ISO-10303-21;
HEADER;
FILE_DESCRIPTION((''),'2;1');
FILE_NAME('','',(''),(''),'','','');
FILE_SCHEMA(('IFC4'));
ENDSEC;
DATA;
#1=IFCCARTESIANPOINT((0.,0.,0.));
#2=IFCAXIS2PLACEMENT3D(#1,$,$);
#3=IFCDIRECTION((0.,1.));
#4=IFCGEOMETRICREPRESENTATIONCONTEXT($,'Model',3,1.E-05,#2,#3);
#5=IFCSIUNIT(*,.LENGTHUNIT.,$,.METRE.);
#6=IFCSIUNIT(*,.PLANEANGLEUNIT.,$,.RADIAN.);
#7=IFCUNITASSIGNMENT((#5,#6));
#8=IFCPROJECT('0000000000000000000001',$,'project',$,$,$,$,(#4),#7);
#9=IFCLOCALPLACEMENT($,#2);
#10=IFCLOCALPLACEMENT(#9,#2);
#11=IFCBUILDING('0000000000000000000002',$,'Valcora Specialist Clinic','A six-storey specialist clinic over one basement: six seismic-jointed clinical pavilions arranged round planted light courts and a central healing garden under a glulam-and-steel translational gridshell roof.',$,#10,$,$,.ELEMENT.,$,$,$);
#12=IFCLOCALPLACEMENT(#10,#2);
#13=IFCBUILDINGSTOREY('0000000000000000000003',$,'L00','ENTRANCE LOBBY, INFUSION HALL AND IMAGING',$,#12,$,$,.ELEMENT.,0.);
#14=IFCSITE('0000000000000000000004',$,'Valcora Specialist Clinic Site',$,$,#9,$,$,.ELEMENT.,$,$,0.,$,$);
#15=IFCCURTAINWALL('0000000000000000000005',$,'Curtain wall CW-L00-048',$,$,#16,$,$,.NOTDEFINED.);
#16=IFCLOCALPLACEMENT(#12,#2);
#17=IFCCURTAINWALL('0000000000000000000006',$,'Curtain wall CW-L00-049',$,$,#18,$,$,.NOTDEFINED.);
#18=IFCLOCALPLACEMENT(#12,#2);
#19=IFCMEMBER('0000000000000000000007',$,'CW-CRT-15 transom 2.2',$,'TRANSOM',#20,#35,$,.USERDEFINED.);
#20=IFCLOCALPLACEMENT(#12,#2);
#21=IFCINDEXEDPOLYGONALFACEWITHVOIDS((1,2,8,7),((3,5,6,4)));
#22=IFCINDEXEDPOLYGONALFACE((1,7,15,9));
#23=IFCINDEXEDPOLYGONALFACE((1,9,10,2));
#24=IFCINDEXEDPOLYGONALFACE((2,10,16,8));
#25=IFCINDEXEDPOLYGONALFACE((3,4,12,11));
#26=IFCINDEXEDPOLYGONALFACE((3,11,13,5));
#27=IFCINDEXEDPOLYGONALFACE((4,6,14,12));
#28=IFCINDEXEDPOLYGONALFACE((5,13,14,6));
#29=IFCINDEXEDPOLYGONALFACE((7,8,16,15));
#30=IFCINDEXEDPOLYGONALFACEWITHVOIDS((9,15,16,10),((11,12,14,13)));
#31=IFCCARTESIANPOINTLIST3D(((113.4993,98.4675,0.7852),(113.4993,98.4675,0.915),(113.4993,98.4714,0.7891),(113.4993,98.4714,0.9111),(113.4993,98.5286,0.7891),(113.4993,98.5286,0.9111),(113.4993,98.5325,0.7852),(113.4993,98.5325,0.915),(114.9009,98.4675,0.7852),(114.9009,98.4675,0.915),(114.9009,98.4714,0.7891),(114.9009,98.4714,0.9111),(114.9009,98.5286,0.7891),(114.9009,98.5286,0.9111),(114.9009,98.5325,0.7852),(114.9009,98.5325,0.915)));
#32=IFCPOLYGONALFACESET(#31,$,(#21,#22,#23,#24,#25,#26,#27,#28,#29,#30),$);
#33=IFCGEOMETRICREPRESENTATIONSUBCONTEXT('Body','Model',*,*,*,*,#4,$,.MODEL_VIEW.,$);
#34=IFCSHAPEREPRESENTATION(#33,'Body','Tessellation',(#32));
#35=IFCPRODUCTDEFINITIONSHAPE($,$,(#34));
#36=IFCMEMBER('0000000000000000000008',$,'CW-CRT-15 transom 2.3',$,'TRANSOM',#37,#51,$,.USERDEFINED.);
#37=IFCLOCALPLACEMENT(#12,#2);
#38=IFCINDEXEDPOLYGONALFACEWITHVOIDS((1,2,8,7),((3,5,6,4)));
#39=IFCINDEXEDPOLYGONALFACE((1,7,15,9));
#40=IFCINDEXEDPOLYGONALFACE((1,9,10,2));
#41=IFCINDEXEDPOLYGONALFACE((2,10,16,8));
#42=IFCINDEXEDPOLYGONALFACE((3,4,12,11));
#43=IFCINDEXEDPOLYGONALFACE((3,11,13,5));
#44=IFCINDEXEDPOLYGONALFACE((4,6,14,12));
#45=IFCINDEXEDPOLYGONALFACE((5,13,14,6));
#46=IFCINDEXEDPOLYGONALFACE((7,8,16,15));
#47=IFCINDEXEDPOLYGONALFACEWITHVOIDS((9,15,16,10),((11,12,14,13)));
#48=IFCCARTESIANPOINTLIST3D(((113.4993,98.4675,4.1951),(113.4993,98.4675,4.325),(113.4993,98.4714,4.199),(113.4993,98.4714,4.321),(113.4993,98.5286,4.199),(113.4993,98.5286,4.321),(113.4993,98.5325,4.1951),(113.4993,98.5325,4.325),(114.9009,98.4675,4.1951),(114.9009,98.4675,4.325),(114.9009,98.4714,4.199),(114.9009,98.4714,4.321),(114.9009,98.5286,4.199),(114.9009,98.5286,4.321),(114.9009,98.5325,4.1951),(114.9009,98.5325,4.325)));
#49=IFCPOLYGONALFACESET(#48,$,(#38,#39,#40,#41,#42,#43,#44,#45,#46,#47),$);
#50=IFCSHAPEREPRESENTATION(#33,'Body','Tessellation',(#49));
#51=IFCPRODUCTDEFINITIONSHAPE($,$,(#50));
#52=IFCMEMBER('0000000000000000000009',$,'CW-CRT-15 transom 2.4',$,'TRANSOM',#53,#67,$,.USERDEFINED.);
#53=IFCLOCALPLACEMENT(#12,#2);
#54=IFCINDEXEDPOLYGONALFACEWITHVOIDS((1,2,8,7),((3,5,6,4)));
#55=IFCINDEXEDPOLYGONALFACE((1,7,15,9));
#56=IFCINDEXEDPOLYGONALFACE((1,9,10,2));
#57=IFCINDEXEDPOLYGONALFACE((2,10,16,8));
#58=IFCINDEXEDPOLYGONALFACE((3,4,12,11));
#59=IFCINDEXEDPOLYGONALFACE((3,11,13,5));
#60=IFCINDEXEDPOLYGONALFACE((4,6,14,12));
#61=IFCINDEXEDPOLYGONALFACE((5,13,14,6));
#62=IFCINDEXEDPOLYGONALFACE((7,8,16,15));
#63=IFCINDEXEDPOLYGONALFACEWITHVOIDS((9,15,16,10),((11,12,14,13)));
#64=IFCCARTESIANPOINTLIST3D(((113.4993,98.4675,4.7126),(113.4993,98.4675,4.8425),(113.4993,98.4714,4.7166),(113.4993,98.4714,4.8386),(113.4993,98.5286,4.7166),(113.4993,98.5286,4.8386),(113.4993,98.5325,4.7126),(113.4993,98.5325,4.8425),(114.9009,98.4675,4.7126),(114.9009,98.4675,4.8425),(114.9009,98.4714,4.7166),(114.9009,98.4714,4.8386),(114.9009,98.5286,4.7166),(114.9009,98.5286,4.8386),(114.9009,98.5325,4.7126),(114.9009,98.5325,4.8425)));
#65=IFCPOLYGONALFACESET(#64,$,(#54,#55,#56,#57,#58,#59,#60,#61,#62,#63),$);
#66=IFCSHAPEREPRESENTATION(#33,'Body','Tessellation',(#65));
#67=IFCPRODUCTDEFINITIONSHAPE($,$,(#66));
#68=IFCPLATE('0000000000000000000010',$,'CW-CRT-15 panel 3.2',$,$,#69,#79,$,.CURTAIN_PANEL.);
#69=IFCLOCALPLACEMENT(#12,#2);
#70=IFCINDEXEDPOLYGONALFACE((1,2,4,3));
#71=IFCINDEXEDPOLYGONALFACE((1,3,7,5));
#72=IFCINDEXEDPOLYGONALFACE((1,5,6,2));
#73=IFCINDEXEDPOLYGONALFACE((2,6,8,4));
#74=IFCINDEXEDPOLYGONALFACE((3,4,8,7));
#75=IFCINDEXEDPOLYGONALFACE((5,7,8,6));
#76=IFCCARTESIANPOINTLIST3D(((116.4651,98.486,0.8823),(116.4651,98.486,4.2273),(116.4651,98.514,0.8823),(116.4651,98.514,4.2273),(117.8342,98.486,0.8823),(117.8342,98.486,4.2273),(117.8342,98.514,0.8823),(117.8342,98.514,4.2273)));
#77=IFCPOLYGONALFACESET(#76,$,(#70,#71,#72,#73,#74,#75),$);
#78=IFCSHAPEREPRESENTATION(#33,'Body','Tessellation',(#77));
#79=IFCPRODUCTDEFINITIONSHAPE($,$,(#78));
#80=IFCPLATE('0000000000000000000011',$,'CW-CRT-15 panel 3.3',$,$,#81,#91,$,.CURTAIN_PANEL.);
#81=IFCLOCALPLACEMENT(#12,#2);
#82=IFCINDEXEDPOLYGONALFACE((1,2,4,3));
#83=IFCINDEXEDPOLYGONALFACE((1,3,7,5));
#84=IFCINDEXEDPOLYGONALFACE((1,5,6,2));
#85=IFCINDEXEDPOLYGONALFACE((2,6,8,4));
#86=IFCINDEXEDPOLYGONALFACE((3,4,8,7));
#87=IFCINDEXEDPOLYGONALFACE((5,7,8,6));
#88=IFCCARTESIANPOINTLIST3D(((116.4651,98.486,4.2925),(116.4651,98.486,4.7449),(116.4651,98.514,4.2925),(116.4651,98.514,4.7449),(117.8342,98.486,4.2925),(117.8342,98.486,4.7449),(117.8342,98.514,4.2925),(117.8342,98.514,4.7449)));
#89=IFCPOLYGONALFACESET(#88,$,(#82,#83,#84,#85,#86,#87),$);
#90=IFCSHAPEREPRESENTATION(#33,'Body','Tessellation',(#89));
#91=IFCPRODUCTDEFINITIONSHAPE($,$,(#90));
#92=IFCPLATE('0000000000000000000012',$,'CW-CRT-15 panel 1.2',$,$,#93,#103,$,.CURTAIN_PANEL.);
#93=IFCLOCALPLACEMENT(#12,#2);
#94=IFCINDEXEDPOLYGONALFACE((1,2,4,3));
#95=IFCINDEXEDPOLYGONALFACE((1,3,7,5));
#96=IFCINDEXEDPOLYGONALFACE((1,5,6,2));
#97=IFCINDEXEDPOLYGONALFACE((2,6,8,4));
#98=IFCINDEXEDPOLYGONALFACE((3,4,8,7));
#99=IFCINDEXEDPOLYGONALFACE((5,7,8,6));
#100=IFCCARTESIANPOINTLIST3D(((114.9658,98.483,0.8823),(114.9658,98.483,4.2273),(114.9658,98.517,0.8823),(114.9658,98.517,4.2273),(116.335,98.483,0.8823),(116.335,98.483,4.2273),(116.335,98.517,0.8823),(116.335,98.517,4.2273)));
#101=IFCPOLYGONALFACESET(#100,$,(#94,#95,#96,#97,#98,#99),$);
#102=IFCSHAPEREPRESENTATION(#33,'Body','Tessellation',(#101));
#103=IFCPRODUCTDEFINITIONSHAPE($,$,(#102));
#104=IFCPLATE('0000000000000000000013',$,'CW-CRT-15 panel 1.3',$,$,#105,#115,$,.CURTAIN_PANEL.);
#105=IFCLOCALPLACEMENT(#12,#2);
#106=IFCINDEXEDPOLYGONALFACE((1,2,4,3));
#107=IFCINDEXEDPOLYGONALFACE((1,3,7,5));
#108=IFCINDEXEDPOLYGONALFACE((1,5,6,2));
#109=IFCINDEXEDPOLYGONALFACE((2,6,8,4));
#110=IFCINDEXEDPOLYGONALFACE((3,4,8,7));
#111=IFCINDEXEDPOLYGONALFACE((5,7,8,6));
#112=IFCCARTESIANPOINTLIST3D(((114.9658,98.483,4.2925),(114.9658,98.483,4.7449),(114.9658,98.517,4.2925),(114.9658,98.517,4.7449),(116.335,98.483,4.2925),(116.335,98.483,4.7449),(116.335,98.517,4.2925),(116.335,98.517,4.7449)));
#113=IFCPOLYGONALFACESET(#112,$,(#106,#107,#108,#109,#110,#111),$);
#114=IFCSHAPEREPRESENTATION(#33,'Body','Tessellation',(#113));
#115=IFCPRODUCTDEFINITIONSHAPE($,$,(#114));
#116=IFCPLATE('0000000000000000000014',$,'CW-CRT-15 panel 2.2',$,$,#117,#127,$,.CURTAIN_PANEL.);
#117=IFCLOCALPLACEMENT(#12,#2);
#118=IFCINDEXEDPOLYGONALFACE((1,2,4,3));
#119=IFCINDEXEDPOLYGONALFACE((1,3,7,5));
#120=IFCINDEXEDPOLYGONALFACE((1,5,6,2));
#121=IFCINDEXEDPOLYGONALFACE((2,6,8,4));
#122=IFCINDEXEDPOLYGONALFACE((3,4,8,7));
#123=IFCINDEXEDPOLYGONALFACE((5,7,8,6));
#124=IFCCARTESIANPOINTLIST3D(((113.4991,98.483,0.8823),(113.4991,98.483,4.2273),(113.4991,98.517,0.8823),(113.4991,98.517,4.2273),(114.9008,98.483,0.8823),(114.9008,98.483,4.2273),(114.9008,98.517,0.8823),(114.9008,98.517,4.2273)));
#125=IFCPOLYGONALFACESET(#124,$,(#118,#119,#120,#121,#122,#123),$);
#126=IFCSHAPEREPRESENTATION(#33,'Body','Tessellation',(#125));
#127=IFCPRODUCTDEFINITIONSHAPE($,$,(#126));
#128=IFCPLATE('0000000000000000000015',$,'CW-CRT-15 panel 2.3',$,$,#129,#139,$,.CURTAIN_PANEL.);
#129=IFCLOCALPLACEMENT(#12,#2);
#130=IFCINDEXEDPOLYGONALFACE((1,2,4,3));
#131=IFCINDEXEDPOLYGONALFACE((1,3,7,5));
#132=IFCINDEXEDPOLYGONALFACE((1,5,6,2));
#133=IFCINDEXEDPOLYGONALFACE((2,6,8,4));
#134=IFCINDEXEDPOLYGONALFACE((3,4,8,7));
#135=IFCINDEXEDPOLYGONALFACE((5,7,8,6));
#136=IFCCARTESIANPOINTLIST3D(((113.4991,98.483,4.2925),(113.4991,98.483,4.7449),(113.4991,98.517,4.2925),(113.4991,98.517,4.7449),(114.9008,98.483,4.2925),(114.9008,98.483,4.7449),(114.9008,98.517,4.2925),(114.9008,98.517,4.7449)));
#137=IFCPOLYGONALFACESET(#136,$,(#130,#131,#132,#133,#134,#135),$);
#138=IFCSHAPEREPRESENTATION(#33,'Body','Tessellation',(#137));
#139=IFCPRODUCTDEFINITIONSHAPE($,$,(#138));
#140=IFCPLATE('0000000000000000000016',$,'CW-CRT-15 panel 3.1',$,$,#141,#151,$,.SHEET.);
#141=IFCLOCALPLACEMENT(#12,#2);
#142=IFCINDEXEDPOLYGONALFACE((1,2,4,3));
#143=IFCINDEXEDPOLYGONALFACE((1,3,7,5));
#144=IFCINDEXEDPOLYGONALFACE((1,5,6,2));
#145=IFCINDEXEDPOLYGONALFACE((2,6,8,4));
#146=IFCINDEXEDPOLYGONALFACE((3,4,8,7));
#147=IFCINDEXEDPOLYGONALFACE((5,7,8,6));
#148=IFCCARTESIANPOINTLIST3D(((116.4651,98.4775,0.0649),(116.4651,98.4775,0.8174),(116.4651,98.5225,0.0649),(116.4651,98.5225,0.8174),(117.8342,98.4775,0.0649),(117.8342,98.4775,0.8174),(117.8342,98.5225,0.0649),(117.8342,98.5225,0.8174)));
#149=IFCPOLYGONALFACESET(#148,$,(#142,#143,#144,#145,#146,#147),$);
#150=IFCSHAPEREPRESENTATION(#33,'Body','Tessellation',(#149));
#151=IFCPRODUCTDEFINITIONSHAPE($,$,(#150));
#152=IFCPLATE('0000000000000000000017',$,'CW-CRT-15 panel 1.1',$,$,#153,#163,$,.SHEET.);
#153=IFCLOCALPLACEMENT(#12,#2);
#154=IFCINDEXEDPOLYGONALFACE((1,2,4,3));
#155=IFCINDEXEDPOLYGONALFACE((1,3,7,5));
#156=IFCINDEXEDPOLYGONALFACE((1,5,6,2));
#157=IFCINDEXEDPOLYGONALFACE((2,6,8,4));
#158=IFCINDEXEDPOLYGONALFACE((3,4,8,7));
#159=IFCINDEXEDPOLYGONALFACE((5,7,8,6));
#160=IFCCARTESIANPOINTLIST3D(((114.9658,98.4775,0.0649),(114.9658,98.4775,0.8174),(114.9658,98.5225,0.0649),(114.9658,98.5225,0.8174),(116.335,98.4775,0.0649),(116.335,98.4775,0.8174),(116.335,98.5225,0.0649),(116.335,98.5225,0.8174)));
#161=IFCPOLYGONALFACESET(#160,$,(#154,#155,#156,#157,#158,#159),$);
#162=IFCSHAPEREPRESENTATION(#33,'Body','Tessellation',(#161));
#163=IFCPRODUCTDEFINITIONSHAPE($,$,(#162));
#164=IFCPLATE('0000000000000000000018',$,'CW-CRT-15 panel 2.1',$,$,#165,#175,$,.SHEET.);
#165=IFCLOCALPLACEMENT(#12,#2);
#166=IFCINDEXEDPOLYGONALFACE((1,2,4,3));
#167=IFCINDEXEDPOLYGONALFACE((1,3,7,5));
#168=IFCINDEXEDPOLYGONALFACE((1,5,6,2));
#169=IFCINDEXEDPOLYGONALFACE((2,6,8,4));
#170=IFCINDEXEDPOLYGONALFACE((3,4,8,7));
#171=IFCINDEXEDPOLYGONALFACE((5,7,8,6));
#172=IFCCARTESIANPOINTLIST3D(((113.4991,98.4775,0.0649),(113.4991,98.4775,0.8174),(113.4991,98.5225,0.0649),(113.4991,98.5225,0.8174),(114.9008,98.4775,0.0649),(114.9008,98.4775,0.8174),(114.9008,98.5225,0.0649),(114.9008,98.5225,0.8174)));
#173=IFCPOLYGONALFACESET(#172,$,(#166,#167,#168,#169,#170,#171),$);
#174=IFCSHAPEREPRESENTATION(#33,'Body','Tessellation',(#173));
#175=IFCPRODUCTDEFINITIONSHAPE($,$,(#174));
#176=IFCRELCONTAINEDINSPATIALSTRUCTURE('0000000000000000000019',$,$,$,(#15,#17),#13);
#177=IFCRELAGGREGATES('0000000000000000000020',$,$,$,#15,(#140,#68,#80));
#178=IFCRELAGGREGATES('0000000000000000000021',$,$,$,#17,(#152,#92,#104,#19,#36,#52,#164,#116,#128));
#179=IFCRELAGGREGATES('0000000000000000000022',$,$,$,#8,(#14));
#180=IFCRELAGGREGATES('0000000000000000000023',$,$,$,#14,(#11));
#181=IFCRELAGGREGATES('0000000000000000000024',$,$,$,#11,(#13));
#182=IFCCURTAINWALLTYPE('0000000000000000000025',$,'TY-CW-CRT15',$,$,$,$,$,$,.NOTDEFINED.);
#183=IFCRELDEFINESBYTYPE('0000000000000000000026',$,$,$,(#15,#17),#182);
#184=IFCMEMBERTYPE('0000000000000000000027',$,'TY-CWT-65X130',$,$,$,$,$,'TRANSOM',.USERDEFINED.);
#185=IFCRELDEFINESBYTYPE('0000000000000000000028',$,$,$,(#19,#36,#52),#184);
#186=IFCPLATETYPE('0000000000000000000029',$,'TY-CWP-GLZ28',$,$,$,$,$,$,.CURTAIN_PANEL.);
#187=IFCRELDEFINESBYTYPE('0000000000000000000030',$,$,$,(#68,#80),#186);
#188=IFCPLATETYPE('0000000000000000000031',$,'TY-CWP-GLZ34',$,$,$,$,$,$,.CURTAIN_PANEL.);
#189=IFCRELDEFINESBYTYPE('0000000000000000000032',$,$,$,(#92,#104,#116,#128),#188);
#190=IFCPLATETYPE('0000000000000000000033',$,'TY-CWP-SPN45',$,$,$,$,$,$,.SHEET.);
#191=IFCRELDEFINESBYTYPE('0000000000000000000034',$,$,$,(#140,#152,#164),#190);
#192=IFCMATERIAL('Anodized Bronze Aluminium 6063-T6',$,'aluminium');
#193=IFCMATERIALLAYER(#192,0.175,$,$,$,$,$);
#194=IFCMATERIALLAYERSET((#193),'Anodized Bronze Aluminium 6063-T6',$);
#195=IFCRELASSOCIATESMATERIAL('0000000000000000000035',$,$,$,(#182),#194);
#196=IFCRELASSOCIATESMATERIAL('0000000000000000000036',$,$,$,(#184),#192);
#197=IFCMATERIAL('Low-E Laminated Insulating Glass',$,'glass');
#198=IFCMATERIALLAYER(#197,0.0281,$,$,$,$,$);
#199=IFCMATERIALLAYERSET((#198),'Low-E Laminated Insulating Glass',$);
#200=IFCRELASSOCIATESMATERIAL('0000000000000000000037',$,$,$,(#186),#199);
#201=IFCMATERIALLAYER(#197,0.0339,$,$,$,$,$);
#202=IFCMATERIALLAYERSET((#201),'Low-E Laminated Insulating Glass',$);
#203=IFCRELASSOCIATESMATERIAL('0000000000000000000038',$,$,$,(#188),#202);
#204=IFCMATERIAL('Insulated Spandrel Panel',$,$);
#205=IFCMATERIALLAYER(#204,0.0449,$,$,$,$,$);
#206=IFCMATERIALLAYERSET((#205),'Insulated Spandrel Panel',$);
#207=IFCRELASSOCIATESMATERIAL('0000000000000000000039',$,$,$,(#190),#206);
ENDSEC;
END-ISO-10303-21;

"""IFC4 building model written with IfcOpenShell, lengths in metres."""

from ifc_helpers import new_model, si_unit, direction, frame, origin, origin_2d, place, context, subcontext, project, spatial, rectangle, hollow_rectangle, extrude, material, layer, layer_set, material_profile, profile_set, type_object, element, aggregate, save


model = new_model("IFC4")

# Units and contexts
model_context = context("Model", 3, precision=1e-05, world=origin(), true_north=direction((0.0, 1.0)))
body_context = subcontext(model_context, "Body", "Model", "MODEL_VIEW")
ifc_project = project(units=[si_unit("LENGTHUNIT", "METRE"), si_unit("PLANEANGLEUNIT", "RADIAN")], contexts=[model_context])

# Site, building, storey
site_placement = place(None, origin())
site = spatial("IfcSite", under=ifc_project, at=site_placement, Name="Valcora Specialist Clinic Site", CompositionType="ELEMENT", RefElevation=0.0)
building_placement = place(site_placement, origin())
building = spatial("IfcBuilding", under=site, at=building_placement, Name="Valcora Specialist Clinic", Description="A six-storey specialist clinic over one basement: six seismic-jointed clinical pavilions arranged round planted light courts and a central healing garden under a glulam-and-steel translational gridshell roof.", CompositionType="ELEMENT")
storey_placement = place(building_placement, origin())
storey = spatial("IfcBuildingStorey", under=building, at=storey_placement, Name="L00", Description="ENTRANCE LOBBY, INFUSION HALL AND IMAGING", CompositionType="ELEMENT", Elevation=0.0)

# Curtain wall
ifc_material_1 = material(Name="Anodized Bronze Aluminium 6063-T6", Category="aluminium")
ifc_layer_1 = layer(ifc_material_1, 0.175)
ifc_layer_set_1 = layer_set([ifc_layer_1], Name="Anodized Bronze Aluminium 6063-T6")
curtain_wall_type = type_object("IfcCurtainWallType", Name="TY-CW-CRT15", PredefinedType="NOTDEFINED", material=ifc_layer_set_1)
curtain_wall_1_placement = place(storey_placement, origin())
curtain_wall_1 = element("IfcCurtainWall", 1, at=curtain_wall_1_placement, inside=storey, type_object=curtain_wall_type, Name="Curtain wall CW-L00-048", PredefinedType="NOTDEFINED")

# Curtain wall
curtain_wall_2_placement = place(storey_placement, origin())
curtain_wall_2 = element("IfcCurtainWall", 2, at=curtain_wall_2_placement, inside=storey, type_object=curtain_wall_type, Name="Curtain wall CW-L00-049", PredefinedType="NOTDEFINED")

# Members
ifc_material_profile_1 = material_profile(ifc_material_1, hollow_rectangle(XDim=0.0649, YDim=0.1299, WallThickness=0.0039, at=origin_2d()), Name="AL-TRN-65X130")
ifc_profile_set_1 = profile_set([ifc_material_profile_1], Name="Anodized Bronze Aluminium 6063-T6")
member_type_1 = type_object("IfcMemberType", Name="TY-CWT-65X130", ElementType="TRANSOM", PredefinedType="USERDEFINED", material=ifc_profile_set_1)
member_1_placement = place(storey_placement, frame((114.9009, 98.5, 0.8501), z_axis=(-1.0, 0.0, 0.0), x_axis=(0.0, -1.0, 0.0)))
member_1 = element("IfcMember", 3, at=member_1_placement, type_object=member_type_1, Name="CW-CRT-15 transom 2.2", ObjectType="TRANSOM", PredefinedType="USERDEFINED", context=body_context, shape_type="SweptSolid", body=[
    extrude(hollow_rectangle(XDim=0.0649, YDim=0.1299, WallThickness=0.0039, at=origin_2d()), origin(), (0.0, 0.0, 1.0), 1.4016),
])
member_2_placement = place(storey_placement, frame((114.9009, 98.5, 4.26), z_axis=(-1.0, 0.0, 0.0), x_axis=(0.0, -1.0, 0.0)))
member_2 = element("IfcMember", 4, at=member_2_placement, type_object=member_type_1, Name="CW-CRT-15 transom 2.3", ObjectType="TRANSOM", PredefinedType="USERDEFINED", context=body_context, shape_type="SweptSolid", body=[
    extrude(hollow_rectangle(XDim=0.0649, YDim=0.1299, WallThickness=0.0039, at=origin_2d()), origin(), (0.0, 0.0, 1.0), 1.4016),
])
member_3_placement = place(storey_placement, frame((114.9009, 98.5, 4.7776), z_axis=(-1.0, 0.0, 0.0), x_axis=(0.0, -1.0, 0.0)))
member_3 = element("IfcMember", 5, at=member_3_placement, type_object=member_type_1, Name="CW-CRT-15 transom 2.4", ObjectType="TRANSOM", PredefinedType="USERDEFINED", context=body_context, shape_type="SweptSolid", body=[
    extrude(hollow_rectangle(XDim=0.0649, YDim=0.1299, WallThickness=0.0039, at=origin_2d()), origin(), (0.0, 0.0, 1.0), 1.4016),
])

# Plates
ifc_material_2 = material(Name="Low-E Laminated Insulating Glass", Category="glass")
ifc_layer_2 = layer(ifc_material_2, 0.0281)
ifc_layer_set_2 = layer_set([ifc_layer_2], Name="Low-E Laminated Insulating Glass")
plate_type_1 = type_object("IfcPlateType", Name="TY-CWP-GLZ28", PredefinedType="CURTAIN_PANEL", material=ifc_layer_set_2)
plate_1_placement = place(storey_placement, frame((117.1497, 98.5, 0.8823), z_axis=(0.0, 0.0, 1.0), x_axis=(-1.0, 0.0, 0.0)))
plate_1 = element("IfcPlate", 6, at=plate_1_placement, type_object=plate_type_1, Name="CW-CRT-15 panel 3.2", PredefinedType="CURTAIN_PANEL", context=body_context, shape_type="SweptSolid", body=[
    extrude(rectangle(XDim=1.3691, YDim=0.0281, at=origin_2d()), origin(), (0.0, 0.0, 1.0), 3.345),
])
plate_2_placement = place(storey_placement, frame((117.1497, 98.5, 4.2925), z_axis=(0.0, 0.0, 1.0), x_axis=(-1.0, 0.0, 0.0)))
plate_2 = element("IfcPlate", 7, at=plate_2_placement, type_object=plate_type_1, Name="CW-CRT-15 panel 3.3", PredefinedType="CURTAIN_PANEL", context=body_context, shape_type="SweptSolid", body=[
    extrude(rectangle(XDim=1.3691, YDim=0.0281, at=origin_2d()), origin(), (0.0, 0.0, 1.0), 0.4524),
])
ifc_layer_3 = layer(ifc_material_2, 0.0339)
ifc_layer_set_3 = layer_set([ifc_layer_3], Name="Low-E Laminated Insulating Glass")
plate_type_2 = type_object("IfcPlateType", Name="TY-CWP-GLZ34", PredefinedType="CURTAIN_PANEL", material=ifc_layer_set_3)
plate_3_placement = place(storey_placement, frame((115.6504, 98.5, 0.8823), z_axis=(0.0, 0.0, 1.0), x_axis=(-1.0, 0.0, 0.0)))
plate_3 = element("IfcPlate", 8, at=plate_3_placement, type_object=plate_type_2, Name="CW-CRT-15 panel 1.2", PredefinedType="CURTAIN_PANEL", context=body_context, shape_type="SweptSolid", body=[
    extrude(rectangle(XDim=1.3691, YDim=0.0339, at=origin_2d()), origin(), (0.0, 0.0, 1.0), 3.345),
])
plate_4_placement = place(storey_placement, frame((115.6504, 98.5, 4.2925), z_axis=(0.0, 0.0, 1.0), x_axis=(-1.0, 0.0, 0.0)))
plate_4 = element("IfcPlate", 9, at=plate_4_placement, type_object=plate_type_2, Name="CW-CRT-15 panel 1.3", PredefinedType="CURTAIN_PANEL", context=body_context, shape_type="SweptSolid", body=[
    extrude(rectangle(XDim=1.3691, YDim=0.0339, at=origin_2d()), origin(), (0.0, 0.0, 1.0), 0.4524),
])
plate_5_placement = place(storey_placement, frame((114.2, 98.5, 0.8823), z_axis=(0.0, 0.0, 1.0), x_axis=(-1.0, 0.0, 0.0)))
plate_5 = element("IfcPlate", 10, at=plate_5_placement, type_object=plate_type_2, Name="CW-CRT-15 panel 2.2", PredefinedType="CURTAIN_PANEL", context=body_context, shape_type="SweptSolid", body=[
    extrude(rectangle(XDim=1.4016, YDim=0.0339, at=origin_2d()), origin(), (0.0, 0.0, 1.0), 3.345),
])
plate_6_placement = place(storey_placement, frame((114.2, 98.5, 4.2925), z_axis=(0.0, 0.0, 1.0), x_axis=(-1.0, 0.0, 0.0)))
plate_6 = element("IfcPlate", 11, at=plate_6_placement, type_object=plate_type_2, Name="CW-CRT-15 panel 2.3", PredefinedType="CURTAIN_PANEL", context=body_context, shape_type="SweptSolid", body=[
    extrude(rectangle(XDim=1.4016, YDim=0.0339, at=origin_2d()), origin(), (0.0, 0.0, 1.0), 0.4524),
])
ifc_material_3 = material(Name="Insulated Spandrel Panel")
ifc_layer_4 = layer(ifc_material_3, 0.0449)
ifc_layer_set_4 = layer_set([ifc_layer_4], Name="Insulated Spandrel Panel")
plate_type_3 = type_object("IfcPlateType", Name="TY-CWP-SPN45", PredefinedType="SHEET", material=ifc_layer_set_4)
plate_7_placement = place(storey_placement, frame((117.1497, 98.5, 0.0649), z_axis=(0.0, 0.0, 1.0), x_axis=(-1.0, 0.0, 0.0)))
plate_7 = element("IfcPlate", 12, at=plate_7_placement, type_object=plate_type_3, Name="CW-CRT-15 panel 3.1", PredefinedType="SHEET", context=body_context, shape_type="SweptSolid", body=[
    extrude(rectangle(XDim=1.3691, YDim=0.0449, at=origin_2d()), origin(), (0.0, 0.0, 1.0), 0.7524),
])
aggregate(curtain_wall_1, [plate_7, plate_1, plate_2])
plate_8_placement = place(storey_placement, frame((115.6504, 98.5, 0.0649), z_axis=(0.0, 0.0, 1.0), x_axis=(-1.0, 0.0, 0.0)))
plate_8 = element("IfcPlate", 13, at=plate_8_placement, type_object=plate_type_3, Name="CW-CRT-15 panel 1.1", PredefinedType="SHEET", context=body_context, shape_type="SweptSolid", body=[
    extrude(rectangle(XDim=1.3691, YDim=0.0449, at=origin_2d()), origin(), (0.0, 0.0, 1.0), 0.7524),
])
plate_9_placement = place(storey_placement, frame((114.2, 98.5, 0.0649), z_axis=(0.0, 0.0, 1.0), x_axis=(-1.0, 0.0, 0.0)))
plate_9 = element("IfcPlate", 14, at=plate_9_placement, type_object=plate_type_3, Name="CW-CRT-15 panel 2.1", PredefinedType="SHEET", context=body_context, shape_type="SweptSolid", body=[
    extrude(rectangle(XDim=1.4016, YDim=0.0449, at=origin_2d()), origin(), (0.0, 0.0, 1.0), 0.7524),
])
aggregate(curtain_wall_2, [plate_8, plate_3, plate_4, member_1, member_2, member_3, plate_9, plate_5, plate_6])

save(model, "model.ifc")
